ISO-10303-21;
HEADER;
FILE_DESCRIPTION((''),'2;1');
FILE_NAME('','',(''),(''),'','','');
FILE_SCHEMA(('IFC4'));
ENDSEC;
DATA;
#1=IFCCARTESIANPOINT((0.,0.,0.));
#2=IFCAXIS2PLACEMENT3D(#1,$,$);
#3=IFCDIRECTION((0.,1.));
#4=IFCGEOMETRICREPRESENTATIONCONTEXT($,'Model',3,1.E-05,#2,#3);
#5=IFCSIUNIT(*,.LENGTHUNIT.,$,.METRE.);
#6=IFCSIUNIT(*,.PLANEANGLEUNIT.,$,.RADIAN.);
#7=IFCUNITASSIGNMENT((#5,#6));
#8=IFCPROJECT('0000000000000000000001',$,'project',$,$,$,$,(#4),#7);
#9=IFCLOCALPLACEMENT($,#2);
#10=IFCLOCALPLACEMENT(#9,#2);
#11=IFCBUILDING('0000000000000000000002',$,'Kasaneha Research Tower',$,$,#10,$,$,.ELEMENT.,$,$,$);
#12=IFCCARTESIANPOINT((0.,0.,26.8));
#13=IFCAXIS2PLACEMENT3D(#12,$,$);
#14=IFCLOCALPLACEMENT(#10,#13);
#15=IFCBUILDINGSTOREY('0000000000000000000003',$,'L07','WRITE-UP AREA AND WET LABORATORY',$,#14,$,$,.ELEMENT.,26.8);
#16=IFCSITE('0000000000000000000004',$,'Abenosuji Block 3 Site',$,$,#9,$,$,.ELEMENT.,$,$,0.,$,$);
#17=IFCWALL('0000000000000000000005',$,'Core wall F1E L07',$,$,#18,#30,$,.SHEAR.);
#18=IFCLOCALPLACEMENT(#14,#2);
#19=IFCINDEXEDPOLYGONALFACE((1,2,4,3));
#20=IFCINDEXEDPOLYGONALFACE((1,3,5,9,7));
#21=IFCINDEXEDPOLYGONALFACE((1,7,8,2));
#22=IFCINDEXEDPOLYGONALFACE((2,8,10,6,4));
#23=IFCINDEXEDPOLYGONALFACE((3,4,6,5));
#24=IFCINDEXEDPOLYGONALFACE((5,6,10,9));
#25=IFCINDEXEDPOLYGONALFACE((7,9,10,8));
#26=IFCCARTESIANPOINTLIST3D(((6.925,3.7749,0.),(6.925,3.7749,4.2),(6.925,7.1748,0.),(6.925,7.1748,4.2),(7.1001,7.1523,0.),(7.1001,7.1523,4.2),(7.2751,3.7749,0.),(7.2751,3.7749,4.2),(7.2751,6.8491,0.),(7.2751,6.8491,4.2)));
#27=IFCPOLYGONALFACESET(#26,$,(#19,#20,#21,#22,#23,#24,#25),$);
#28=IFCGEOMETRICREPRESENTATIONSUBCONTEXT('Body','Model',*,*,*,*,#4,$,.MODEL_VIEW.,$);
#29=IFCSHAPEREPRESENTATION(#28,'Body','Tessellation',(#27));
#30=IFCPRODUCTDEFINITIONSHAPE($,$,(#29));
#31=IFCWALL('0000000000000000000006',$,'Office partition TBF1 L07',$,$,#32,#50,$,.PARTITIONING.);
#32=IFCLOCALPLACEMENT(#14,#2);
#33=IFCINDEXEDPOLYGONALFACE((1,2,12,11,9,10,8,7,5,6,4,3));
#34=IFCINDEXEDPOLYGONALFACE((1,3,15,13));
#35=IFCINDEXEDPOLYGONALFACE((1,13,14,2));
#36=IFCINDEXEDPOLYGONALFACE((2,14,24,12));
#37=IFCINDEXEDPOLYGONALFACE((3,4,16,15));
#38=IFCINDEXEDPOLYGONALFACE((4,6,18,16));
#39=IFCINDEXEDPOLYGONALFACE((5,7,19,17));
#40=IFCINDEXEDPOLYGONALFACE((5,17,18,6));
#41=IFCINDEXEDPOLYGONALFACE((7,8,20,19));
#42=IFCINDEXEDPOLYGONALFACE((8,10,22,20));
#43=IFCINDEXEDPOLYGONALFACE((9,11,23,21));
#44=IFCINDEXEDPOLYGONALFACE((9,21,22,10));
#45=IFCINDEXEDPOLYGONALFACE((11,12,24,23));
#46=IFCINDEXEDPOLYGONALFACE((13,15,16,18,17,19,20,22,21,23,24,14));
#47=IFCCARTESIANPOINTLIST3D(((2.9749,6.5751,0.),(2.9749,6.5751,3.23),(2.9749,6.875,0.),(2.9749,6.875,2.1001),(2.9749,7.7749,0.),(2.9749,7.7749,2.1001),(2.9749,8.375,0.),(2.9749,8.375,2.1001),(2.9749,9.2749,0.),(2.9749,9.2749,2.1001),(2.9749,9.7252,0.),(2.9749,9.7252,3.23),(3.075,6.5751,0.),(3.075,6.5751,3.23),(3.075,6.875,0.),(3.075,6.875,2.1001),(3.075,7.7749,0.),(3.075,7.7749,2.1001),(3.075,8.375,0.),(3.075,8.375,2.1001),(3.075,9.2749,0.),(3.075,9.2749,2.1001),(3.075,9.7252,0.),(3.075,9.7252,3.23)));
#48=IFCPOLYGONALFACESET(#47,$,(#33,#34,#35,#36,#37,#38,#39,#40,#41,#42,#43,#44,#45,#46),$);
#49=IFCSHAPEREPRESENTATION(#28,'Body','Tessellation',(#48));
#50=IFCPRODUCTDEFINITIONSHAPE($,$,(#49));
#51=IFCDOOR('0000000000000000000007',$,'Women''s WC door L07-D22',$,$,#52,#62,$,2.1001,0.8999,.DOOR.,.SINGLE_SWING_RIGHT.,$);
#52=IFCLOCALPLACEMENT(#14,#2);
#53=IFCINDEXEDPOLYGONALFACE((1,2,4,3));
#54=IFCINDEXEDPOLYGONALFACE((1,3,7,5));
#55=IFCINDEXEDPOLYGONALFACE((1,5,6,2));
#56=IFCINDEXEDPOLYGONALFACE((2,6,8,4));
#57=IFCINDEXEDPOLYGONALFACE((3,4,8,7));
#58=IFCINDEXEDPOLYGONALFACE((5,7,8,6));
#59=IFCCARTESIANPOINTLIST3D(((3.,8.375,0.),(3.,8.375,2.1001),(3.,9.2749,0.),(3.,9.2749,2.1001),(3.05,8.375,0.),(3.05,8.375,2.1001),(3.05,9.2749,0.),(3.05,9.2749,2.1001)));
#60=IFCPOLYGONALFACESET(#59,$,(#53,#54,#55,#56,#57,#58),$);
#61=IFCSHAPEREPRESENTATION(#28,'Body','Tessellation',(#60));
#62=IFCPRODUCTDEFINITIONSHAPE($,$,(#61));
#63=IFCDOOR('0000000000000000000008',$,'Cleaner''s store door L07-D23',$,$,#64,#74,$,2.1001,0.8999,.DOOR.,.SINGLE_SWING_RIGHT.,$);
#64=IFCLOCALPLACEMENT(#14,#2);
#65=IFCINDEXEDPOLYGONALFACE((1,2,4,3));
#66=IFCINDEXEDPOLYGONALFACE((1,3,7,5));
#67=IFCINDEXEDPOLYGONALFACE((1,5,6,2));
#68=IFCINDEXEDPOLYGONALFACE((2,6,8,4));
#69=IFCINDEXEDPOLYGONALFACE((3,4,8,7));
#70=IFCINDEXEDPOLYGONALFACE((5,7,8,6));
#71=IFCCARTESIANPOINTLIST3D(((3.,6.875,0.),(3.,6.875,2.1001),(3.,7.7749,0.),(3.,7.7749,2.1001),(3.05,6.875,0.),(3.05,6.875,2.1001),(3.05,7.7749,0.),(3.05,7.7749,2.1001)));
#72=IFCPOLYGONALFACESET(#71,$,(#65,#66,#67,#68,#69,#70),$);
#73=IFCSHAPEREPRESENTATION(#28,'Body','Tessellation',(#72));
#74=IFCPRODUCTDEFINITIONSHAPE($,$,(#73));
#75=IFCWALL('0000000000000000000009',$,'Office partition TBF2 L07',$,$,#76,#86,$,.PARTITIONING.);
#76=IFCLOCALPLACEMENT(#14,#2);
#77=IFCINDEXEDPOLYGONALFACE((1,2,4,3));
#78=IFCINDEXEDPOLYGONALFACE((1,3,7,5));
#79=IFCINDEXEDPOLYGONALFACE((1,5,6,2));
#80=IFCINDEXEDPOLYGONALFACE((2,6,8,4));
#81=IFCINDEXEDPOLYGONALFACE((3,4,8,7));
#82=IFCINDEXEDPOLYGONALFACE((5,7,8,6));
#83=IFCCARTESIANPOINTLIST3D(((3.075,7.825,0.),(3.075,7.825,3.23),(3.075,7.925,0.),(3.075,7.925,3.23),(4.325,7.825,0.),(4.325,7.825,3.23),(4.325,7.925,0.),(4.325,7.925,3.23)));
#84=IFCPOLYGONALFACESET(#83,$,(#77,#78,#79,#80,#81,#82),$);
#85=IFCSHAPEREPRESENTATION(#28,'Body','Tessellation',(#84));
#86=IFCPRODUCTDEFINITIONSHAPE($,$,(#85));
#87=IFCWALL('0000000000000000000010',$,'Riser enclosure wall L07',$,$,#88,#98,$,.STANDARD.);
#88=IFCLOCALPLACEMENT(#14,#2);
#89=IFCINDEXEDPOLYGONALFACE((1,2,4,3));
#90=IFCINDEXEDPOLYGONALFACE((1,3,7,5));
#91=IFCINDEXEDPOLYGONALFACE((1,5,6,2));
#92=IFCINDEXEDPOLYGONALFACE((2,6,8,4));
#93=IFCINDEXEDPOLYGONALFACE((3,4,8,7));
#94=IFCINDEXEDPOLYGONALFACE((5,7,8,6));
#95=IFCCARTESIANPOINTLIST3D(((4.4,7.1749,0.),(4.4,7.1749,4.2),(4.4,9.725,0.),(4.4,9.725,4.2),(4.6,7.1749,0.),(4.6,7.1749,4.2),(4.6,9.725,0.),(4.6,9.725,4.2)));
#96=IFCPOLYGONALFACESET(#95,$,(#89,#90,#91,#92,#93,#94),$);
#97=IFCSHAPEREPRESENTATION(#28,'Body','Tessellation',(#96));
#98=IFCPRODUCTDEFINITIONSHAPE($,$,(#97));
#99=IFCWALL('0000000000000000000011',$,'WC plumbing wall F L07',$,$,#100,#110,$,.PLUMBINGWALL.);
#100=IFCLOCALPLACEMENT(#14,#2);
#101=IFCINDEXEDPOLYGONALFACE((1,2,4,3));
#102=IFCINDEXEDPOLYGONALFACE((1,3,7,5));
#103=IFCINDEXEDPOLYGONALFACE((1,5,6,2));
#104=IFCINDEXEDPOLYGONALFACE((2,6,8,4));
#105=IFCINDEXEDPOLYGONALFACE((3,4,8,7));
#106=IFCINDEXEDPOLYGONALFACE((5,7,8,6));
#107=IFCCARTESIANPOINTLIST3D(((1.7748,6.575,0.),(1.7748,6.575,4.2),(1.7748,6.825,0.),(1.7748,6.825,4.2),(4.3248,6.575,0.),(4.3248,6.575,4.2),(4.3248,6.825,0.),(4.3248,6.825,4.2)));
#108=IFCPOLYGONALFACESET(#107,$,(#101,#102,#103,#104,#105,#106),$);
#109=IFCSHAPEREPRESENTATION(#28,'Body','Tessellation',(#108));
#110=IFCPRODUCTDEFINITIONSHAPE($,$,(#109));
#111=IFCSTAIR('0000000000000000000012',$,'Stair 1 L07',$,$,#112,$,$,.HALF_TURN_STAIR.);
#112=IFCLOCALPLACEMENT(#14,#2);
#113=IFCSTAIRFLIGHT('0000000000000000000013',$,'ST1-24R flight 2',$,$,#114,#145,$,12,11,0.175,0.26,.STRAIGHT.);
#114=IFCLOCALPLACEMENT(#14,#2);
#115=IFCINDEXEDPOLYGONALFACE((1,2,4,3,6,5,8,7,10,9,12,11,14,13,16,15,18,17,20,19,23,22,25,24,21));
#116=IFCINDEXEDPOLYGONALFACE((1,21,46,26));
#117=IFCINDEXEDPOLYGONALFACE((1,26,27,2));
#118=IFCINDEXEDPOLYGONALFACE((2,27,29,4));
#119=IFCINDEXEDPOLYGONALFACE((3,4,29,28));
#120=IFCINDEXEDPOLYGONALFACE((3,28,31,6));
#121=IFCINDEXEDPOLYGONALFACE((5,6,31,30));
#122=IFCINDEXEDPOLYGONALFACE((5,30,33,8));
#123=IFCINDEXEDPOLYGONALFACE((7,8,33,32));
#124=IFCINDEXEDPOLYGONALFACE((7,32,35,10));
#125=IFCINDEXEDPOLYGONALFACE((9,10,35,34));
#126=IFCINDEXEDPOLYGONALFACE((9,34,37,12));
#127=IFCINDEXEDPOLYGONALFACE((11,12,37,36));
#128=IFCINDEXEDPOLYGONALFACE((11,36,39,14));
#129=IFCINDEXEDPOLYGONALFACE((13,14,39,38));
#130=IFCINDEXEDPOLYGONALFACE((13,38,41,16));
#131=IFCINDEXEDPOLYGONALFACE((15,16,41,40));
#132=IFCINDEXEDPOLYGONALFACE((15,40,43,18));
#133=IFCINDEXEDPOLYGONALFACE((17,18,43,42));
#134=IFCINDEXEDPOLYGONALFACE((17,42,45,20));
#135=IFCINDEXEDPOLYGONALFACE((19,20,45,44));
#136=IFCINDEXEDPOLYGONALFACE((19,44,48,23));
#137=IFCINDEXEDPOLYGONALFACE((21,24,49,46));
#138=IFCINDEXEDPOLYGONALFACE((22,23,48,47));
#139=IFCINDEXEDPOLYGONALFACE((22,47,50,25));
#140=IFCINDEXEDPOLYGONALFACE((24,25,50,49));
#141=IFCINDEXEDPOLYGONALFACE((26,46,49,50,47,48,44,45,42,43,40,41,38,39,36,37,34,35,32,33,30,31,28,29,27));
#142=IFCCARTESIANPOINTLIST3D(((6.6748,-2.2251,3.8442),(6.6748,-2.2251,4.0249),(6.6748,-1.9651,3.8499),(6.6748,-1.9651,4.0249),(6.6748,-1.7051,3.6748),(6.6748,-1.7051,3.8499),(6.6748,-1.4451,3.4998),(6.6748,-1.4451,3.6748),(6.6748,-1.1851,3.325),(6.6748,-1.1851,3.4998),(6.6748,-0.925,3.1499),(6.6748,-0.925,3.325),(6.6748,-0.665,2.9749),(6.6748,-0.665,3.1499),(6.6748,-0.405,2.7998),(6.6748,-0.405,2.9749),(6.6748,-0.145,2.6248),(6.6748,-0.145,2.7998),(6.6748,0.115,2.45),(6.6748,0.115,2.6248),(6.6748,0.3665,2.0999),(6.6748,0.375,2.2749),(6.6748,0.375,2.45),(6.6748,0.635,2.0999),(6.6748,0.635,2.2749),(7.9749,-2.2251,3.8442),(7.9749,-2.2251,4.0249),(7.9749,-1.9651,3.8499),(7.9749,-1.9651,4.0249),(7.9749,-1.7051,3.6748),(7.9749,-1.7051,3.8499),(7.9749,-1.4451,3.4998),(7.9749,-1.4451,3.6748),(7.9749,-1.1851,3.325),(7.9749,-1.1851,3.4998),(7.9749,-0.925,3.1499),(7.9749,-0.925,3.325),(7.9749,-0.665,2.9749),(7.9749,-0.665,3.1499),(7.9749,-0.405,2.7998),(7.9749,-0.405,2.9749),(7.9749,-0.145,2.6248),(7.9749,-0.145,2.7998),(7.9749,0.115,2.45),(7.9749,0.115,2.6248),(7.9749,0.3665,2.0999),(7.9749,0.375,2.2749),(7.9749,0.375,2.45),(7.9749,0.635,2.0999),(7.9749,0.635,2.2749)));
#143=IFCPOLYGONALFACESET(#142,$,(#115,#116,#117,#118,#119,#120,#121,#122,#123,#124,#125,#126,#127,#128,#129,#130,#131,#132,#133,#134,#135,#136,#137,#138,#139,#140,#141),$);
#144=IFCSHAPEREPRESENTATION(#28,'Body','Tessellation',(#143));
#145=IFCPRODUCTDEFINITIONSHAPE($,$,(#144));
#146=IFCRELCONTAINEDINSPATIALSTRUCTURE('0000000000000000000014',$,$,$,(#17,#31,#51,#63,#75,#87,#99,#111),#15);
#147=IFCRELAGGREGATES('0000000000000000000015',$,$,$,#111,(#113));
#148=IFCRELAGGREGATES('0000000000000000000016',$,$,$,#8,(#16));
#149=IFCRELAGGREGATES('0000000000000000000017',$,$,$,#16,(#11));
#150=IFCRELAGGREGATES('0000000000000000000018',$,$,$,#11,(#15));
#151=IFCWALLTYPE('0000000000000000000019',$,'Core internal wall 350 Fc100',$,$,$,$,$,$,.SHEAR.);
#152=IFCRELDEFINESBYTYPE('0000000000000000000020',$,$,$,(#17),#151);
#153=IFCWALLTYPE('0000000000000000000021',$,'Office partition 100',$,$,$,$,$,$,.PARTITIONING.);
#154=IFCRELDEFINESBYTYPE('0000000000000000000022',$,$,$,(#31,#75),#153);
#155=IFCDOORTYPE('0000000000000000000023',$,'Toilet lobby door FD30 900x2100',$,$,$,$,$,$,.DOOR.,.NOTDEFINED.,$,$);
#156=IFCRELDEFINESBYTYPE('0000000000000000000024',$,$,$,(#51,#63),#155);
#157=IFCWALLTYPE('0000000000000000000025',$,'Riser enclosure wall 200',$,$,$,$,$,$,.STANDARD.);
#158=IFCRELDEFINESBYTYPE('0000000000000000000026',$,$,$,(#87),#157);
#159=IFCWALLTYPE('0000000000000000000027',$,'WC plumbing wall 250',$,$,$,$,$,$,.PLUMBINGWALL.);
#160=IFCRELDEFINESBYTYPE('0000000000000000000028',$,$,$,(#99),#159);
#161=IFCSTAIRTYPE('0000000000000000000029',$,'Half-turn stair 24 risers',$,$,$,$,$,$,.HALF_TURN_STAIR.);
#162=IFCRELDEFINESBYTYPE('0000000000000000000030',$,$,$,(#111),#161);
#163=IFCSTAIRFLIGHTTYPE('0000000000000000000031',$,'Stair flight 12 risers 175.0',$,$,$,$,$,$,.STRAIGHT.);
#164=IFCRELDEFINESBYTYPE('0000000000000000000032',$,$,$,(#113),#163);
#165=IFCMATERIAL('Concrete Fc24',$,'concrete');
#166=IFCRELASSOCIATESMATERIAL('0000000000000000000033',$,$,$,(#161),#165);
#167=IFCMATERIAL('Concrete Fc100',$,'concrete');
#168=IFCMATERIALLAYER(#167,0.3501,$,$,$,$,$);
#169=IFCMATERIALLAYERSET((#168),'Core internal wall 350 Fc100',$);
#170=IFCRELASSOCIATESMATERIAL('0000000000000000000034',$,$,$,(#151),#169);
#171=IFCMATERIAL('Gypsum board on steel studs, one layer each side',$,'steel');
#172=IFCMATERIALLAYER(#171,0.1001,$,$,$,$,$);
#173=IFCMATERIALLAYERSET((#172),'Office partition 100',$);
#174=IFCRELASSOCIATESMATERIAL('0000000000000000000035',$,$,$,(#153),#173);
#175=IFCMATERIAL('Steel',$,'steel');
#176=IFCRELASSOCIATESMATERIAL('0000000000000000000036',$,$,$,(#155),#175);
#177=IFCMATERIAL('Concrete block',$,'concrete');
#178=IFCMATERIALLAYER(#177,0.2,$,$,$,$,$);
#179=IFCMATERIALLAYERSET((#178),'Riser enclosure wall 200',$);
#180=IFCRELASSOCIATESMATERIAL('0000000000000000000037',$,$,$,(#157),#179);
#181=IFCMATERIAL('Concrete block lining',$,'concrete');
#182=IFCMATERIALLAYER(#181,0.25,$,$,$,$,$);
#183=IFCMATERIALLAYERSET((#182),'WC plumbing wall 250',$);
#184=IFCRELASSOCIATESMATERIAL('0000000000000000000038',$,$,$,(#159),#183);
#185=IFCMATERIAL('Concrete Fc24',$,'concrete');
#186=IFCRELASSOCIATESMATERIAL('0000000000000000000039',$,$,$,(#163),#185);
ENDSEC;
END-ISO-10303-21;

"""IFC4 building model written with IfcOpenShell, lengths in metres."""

from ifc_helpers import new_model, si_unit, direction, frame, frame_2d, origin, place, context, subcontext, project, spatial, polyline, rectangle, outline, extrude, material, layer, layer_set, type_object, element, fill, aggregate, save


model = new_model("IFC4")

# Units and contexts
model_context = context("Model", 3, precision=1e-05, world=origin(), true_north=direction((0.0, 1.0)))
body_context = subcontext(model_context, "Body", "Model", "MODEL_VIEW")
ifc_project = project(units=[si_unit("LENGTHUNIT", "METRE"), si_unit("PLANEANGLEUNIT", "RADIAN")], contexts=[model_context])

# Site, building, storey
site_placement = place(None, origin())
site = spatial("IfcSite", under=ifc_project, at=site_placement, Name="Abenosuji Block 3 Site", CompositionType="ELEMENT", RefElevation=0.0)
building_placement = place(site_placement, origin())
building = spatial("IfcBuilding", under=site, at=building_placement, Name="Kasaneha Research Tower", CompositionType="ELEMENT")
storey_placement = place(building_placement, frame((0.0, 0.0, 26.8)))
storey = spatial("IfcBuildingStorey", under=building, at=storey_placement, Name="L07", Description="WRITE-UP AREA AND WET LABORATORY", CompositionType="ELEMENT", Elevation=26.8)

# Shared definitions
ifc_material_1 = material(Name="Concrete Fc24", Category="concrete")
stair_type = type_object("IfcStairType", Name="Half-turn stair 24 risers", PredefinedType="HALF_TURN_STAIR", material=ifc_material_1)

# Shared definitions
ifc_material_2 = material(Name="Concrete Fc100", Category="concrete")
ifc_layer_1 = layer(ifc_material_2, 0.3501)
ifc_layer_set_1 = layer_set([ifc_layer_1], Name="Core internal wall 350 Fc100")
wall_type_1 = type_object("IfcWallType", Name="Core internal wall 350 Fc100", PredefinedType="SHEAR", material=ifc_layer_set_1)

# Wall
wall_1_placement = place(storey_placement, frame((7.1001, 3.7749, 0.0), z_axis=(0.0, 0.0, 1.0), x_axis=(0.0, 1.0, 0.0)))
element("IfcWall", 1, at=wall_1_placement, inside=storey, type_object=wall_type_1, Name="Core wall F1E L07", PredefinedType="SHEAR", context=body_context, shape_type="SweptSolid", body=[
    extrude(outline(polyline([(0.0, -0.175), (3.0742, -0.175), (3.3774, 0.0), (3.3999, 0.175), (0.0, 0.175), (0.0, -0.175)])), origin(), (0.0, 0.0, 1.0), 4.2),
])

# Wall, openings, doors
ifc_material_3 = material(Name="Gypsum board on steel studs, one layer each side", Category="steel")
ifc_layer_2 = layer(ifc_material_3, 0.1001)
ifc_layer_set_2 = layer_set([ifc_layer_2], Name="Office partition 100")
wall_type_2 = type_object("IfcWallType", Name="Office partition 100", PredefinedType="PARTITIONING", material=ifc_layer_set_2)
wall_2_placement = place(storey_placement, frame((3.0249, 6.575, 0.0), z_axis=(0.0, 0.0, 1.0), x_axis=(0.0, 1.0, 0.0)))
wall_2 = element("IfcWall", 2, at=wall_2_placement, inside=storey, type_object=wall_type_2, Name="Office partition TBF1 L07", PredefinedType="PARTITIONING", context=body_context, shape_type="SweptSolid", body=[
    extrude(rectangle(XDim=3.1501, YDim=0.1001, at=frame_2d((1.5752, 0.0))), origin(), (0.0, 0.0, 1.0), 3.23),
])
opening_1_placement = place(wall_2_placement, frame((1.8, 0.0, 0.0)))
opening_1 = element("IfcOpeningElement", 3, at=opening_1_placement, cuts=wall_2, PredefinedType="OPENING", context=body_context, shape_type="SweptSolid", body=[
    extrude(rectangle(XDim=0.8999, YDim=2.1001, at=frame_2d((0.45, 1.05))), frame((0.0, 0.0601, 0.0), z_axis=(0.0, -1.0, 0.0), x_axis=(1.0, 0.0, 0.0)), (0.0, 0.0, 1.0), 0.1201),
])
opening_2_placement = place(wall_2_placement, frame((0.3, 0.0, 0.0)))
opening_2 = element("IfcOpeningElement", 4, at=opening_2_placement, cuts=wall_2, PredefinedType="OPENING", context=body_context, shape_type="SweptSolid", body=[
    extrude(rectangle(XDim=0.8999, YDim=2.1001, at=frame_2d((0.45, 1.05))), frame((0.0, 0.0601, 0.0), z_axis=(0.0, -1.0, 0.0), x_axis=(1.0, 0.0, 0.0)), (0.0, 0.0, 1.0), 0.1201),
])
ifc_material_4 = material(Name="Steel", Category="steel")
door_type_1 = type_object("IfcDoorType", Name="Toilet lobby door FD30 900x2100", OperationType="NOTDEFINED", PredefinedType="DOOR", material=ifc_material_4)
door_1_placement = place(opening_1_placement, origin())
door_1 = element("IfcDoor", 5, at=door_1_placement, inside=storey, type_object=door_type_1, Name="Women's WC door L07-D22", OperationType="SINGLE_SWING_RIGHT", OverallHeight=2.1001, OverallWidth=0.8999, PredefinedType="DOOR", context=body_context, shape_type="SweptSolid", body=[
    extrude(rectangle(XDim=0.8999, YDim=2.1001, at=frame_2d((0.45, 1.05))), frame((0.0, 0.0249, 0.0), z_axis=(0.0, -1.0, 0.0), x_axis=(1.0, 0.0, 0.0)), (0.0, 0.0, 1.0), 0.05),
])
fill(opening_1, door_1)
door_2_placement = place(opening_2_placement, origin())
door_2 = element("IfcDoor", 6, at=door_2_placement, inside=storey, type_object=door_type_1, Name="Cleaner's store door L07-D23", OperationType="SINGLE_SWING_RIGHT", OverallHeight=2.1001, OverallWidth=0.8999, PredefinedType="DOOR", context=body_context, shape_type="SweptSolid", body=[
    extrude(rectangle(XDim=0.8999, YDim=2.1001, at=frame_2d((0.45, 1.05))), frame((0.0, 0.0249, 0.0), z_axis=(0.0, -1.0, 0.0), x_axis=(1.0, 0.0, 0.0)), (0.0, 0.0, 1.0), 0.05),
])
fill(opening_2, door_2)

# Walls
wall_3_placement = place(storey_placement, frame((3.075, 7.875, 0.0), z_axis=(0.0, 0.0, 1.0), x_axis=(1.0, 0.0, 0.0)))
element("IfcWall", 7, at=wall_3_placement, inside=storey, type_object=wall_type_2, Name="Office partition TBF2 L07", PredefinedType="PARTITIONING", context=body_context, shape_type="SweptSolid", body=[
    extrude(rectangle(XDim=1.25, YDim=0.1001, at=frame_2d((0.625, 0.0))), origin(), (0.0, 0.0, 1.0), 3.23),
])
ifc_material_5 = material(Name="Concrete block", Category="concrete")
ifc_layer_3 = layer(ifc_material_5, 0.2)
ifc_layer_set_3 = layer_set([ifc_layer_3], Name="Riser enclosure wall 200")
wall_type_3 = type_object("IfcWallType", Name="Riser enclosure wall 200", PredefinedType="STANDARD", material=ifc_layer_set_3)
wall_4_placement = place(storey_placement, frame((4.5, 7.175, 0.0), z_axis=(0.0, 0.0, 1.0), x_axis=(0.0, 1.0, 0.0)))
element("IfcWall", 8, at=wall_4_placement, inside=storey, type_object=wall_type_3, Name="Riser enclosure wall L07", PredefinedType="STANDARD", context=body_context, shape_type="SweptSolid", body=[
    extrude(rectangle(XDim=2.55, YDim=0.2, at=frame_2d((1.2749, 0.0))), origin(), (0.0, 0.0, 1.0), 4.2),
])
ifc_material_6 = material(Name="Concrete block lining", Category="concrete")
ifc_layer_4 = layer(ifc_material_6, 0.25)
ifc_layer_set_4 = layer_set([ifc_layer_4], Name="WC plumbing wall 250")
wall_type_4 = type_object("IfcWallType", Name="WC plumbing wall 250", PredefinedType="PLUMBINGWALL", material=ifc_layer_set_4)
wall_5_placement = place(storey_placement, frame((1.7749, 6.7, 0.0), z_axis=(0.0, 0.0, 1.0), x_axis=(1.0, 0.0, 0.0)))
element("IfcWall", 9, at=wall_5_placement, inside=storey, type_object=wall_type_4, Name="WC plumbing wall F L07", PredefinedType="PLUMBINGWALL", context=body_context, shape_type="SweptSolid", body=[
    extrude(rectangle(XDim=2.55, YDim=0.25, at=frame_2d((1.2749, 0.0))), origin(), (0.0, 0.0, 1.0), 4.2),
])

# Stair, stair flight
stair_1_placement = place(storey_placement, origin())
stair_1 = element("IfcStair", 10, at=stair_1_placement, inside=storey, type_object=stair_type, Name="Stair 1 L07", PredefinedType="HALF_TURN_STAIR")
ifc_material_7 = material(Name="Concrete Fc24", Category="concrete")
stair_flight_type = type_object("IfcStairFlightType", Name="Stair flight 12 risers 175.0", PredefinedType="STRAIGHT", material=ifc_material_7)
stair_flight_placement = place(storey_placement, frame((7.325, 0.635, 2.0999), z_axis=(0.0, 0.0, 1.0), x_axis=(0.0, -1.0, 0.0)))
stair_flight = element("IfcStairFlight", 11, at=stair_flight_placement, type_object=stair_flight_type, Name="ST1-24R flight 2", NumberOfRisers=12, NumberOfTreads=11, PredefinedType="STRAIGHT", RiserHeight=0.175, TreadLength=0.26, context=body_context, shape_type="SweptSolid", body=[
    extrude(outline(polyline([(0.0, 0.0), (0.0, 0.175), (0.26, 0.175), (0.26, 0.3501), (0.52, 0.3501), (0.52, 0.5249), (0.78, 0.5249), (0.78, 0.7), (1.04, 0.7), (1.04, 0.875), (1.3, 0.875), (1.3, 1.05), (1.5601, 1.05), (1.5601, 1.2251), (1.8201, 1.2251), (1.8201, 1.3999), (2.0801, 1.3999), (2.0801, 1.575), (2.3401, 1.575), (2.3401, 1.75), (2.6001, 1.75), (2.6001, 1.925), (2.8601, 1.925), (2.8601, 2.1001), (2.8601, 1.7444), (0.2686, 0.0), (0.0, 0.0)])), frame((0.0, 0.6499, 0.0), z_axis=(0.0, -1.0, 0.0), x_axis=(1.0, 0.0, 0.0)), (0.0, 0.0, 1.0), 1.3),
])
aggregate(stair_1, [stair_flight])

save(model, "model.ifc")
